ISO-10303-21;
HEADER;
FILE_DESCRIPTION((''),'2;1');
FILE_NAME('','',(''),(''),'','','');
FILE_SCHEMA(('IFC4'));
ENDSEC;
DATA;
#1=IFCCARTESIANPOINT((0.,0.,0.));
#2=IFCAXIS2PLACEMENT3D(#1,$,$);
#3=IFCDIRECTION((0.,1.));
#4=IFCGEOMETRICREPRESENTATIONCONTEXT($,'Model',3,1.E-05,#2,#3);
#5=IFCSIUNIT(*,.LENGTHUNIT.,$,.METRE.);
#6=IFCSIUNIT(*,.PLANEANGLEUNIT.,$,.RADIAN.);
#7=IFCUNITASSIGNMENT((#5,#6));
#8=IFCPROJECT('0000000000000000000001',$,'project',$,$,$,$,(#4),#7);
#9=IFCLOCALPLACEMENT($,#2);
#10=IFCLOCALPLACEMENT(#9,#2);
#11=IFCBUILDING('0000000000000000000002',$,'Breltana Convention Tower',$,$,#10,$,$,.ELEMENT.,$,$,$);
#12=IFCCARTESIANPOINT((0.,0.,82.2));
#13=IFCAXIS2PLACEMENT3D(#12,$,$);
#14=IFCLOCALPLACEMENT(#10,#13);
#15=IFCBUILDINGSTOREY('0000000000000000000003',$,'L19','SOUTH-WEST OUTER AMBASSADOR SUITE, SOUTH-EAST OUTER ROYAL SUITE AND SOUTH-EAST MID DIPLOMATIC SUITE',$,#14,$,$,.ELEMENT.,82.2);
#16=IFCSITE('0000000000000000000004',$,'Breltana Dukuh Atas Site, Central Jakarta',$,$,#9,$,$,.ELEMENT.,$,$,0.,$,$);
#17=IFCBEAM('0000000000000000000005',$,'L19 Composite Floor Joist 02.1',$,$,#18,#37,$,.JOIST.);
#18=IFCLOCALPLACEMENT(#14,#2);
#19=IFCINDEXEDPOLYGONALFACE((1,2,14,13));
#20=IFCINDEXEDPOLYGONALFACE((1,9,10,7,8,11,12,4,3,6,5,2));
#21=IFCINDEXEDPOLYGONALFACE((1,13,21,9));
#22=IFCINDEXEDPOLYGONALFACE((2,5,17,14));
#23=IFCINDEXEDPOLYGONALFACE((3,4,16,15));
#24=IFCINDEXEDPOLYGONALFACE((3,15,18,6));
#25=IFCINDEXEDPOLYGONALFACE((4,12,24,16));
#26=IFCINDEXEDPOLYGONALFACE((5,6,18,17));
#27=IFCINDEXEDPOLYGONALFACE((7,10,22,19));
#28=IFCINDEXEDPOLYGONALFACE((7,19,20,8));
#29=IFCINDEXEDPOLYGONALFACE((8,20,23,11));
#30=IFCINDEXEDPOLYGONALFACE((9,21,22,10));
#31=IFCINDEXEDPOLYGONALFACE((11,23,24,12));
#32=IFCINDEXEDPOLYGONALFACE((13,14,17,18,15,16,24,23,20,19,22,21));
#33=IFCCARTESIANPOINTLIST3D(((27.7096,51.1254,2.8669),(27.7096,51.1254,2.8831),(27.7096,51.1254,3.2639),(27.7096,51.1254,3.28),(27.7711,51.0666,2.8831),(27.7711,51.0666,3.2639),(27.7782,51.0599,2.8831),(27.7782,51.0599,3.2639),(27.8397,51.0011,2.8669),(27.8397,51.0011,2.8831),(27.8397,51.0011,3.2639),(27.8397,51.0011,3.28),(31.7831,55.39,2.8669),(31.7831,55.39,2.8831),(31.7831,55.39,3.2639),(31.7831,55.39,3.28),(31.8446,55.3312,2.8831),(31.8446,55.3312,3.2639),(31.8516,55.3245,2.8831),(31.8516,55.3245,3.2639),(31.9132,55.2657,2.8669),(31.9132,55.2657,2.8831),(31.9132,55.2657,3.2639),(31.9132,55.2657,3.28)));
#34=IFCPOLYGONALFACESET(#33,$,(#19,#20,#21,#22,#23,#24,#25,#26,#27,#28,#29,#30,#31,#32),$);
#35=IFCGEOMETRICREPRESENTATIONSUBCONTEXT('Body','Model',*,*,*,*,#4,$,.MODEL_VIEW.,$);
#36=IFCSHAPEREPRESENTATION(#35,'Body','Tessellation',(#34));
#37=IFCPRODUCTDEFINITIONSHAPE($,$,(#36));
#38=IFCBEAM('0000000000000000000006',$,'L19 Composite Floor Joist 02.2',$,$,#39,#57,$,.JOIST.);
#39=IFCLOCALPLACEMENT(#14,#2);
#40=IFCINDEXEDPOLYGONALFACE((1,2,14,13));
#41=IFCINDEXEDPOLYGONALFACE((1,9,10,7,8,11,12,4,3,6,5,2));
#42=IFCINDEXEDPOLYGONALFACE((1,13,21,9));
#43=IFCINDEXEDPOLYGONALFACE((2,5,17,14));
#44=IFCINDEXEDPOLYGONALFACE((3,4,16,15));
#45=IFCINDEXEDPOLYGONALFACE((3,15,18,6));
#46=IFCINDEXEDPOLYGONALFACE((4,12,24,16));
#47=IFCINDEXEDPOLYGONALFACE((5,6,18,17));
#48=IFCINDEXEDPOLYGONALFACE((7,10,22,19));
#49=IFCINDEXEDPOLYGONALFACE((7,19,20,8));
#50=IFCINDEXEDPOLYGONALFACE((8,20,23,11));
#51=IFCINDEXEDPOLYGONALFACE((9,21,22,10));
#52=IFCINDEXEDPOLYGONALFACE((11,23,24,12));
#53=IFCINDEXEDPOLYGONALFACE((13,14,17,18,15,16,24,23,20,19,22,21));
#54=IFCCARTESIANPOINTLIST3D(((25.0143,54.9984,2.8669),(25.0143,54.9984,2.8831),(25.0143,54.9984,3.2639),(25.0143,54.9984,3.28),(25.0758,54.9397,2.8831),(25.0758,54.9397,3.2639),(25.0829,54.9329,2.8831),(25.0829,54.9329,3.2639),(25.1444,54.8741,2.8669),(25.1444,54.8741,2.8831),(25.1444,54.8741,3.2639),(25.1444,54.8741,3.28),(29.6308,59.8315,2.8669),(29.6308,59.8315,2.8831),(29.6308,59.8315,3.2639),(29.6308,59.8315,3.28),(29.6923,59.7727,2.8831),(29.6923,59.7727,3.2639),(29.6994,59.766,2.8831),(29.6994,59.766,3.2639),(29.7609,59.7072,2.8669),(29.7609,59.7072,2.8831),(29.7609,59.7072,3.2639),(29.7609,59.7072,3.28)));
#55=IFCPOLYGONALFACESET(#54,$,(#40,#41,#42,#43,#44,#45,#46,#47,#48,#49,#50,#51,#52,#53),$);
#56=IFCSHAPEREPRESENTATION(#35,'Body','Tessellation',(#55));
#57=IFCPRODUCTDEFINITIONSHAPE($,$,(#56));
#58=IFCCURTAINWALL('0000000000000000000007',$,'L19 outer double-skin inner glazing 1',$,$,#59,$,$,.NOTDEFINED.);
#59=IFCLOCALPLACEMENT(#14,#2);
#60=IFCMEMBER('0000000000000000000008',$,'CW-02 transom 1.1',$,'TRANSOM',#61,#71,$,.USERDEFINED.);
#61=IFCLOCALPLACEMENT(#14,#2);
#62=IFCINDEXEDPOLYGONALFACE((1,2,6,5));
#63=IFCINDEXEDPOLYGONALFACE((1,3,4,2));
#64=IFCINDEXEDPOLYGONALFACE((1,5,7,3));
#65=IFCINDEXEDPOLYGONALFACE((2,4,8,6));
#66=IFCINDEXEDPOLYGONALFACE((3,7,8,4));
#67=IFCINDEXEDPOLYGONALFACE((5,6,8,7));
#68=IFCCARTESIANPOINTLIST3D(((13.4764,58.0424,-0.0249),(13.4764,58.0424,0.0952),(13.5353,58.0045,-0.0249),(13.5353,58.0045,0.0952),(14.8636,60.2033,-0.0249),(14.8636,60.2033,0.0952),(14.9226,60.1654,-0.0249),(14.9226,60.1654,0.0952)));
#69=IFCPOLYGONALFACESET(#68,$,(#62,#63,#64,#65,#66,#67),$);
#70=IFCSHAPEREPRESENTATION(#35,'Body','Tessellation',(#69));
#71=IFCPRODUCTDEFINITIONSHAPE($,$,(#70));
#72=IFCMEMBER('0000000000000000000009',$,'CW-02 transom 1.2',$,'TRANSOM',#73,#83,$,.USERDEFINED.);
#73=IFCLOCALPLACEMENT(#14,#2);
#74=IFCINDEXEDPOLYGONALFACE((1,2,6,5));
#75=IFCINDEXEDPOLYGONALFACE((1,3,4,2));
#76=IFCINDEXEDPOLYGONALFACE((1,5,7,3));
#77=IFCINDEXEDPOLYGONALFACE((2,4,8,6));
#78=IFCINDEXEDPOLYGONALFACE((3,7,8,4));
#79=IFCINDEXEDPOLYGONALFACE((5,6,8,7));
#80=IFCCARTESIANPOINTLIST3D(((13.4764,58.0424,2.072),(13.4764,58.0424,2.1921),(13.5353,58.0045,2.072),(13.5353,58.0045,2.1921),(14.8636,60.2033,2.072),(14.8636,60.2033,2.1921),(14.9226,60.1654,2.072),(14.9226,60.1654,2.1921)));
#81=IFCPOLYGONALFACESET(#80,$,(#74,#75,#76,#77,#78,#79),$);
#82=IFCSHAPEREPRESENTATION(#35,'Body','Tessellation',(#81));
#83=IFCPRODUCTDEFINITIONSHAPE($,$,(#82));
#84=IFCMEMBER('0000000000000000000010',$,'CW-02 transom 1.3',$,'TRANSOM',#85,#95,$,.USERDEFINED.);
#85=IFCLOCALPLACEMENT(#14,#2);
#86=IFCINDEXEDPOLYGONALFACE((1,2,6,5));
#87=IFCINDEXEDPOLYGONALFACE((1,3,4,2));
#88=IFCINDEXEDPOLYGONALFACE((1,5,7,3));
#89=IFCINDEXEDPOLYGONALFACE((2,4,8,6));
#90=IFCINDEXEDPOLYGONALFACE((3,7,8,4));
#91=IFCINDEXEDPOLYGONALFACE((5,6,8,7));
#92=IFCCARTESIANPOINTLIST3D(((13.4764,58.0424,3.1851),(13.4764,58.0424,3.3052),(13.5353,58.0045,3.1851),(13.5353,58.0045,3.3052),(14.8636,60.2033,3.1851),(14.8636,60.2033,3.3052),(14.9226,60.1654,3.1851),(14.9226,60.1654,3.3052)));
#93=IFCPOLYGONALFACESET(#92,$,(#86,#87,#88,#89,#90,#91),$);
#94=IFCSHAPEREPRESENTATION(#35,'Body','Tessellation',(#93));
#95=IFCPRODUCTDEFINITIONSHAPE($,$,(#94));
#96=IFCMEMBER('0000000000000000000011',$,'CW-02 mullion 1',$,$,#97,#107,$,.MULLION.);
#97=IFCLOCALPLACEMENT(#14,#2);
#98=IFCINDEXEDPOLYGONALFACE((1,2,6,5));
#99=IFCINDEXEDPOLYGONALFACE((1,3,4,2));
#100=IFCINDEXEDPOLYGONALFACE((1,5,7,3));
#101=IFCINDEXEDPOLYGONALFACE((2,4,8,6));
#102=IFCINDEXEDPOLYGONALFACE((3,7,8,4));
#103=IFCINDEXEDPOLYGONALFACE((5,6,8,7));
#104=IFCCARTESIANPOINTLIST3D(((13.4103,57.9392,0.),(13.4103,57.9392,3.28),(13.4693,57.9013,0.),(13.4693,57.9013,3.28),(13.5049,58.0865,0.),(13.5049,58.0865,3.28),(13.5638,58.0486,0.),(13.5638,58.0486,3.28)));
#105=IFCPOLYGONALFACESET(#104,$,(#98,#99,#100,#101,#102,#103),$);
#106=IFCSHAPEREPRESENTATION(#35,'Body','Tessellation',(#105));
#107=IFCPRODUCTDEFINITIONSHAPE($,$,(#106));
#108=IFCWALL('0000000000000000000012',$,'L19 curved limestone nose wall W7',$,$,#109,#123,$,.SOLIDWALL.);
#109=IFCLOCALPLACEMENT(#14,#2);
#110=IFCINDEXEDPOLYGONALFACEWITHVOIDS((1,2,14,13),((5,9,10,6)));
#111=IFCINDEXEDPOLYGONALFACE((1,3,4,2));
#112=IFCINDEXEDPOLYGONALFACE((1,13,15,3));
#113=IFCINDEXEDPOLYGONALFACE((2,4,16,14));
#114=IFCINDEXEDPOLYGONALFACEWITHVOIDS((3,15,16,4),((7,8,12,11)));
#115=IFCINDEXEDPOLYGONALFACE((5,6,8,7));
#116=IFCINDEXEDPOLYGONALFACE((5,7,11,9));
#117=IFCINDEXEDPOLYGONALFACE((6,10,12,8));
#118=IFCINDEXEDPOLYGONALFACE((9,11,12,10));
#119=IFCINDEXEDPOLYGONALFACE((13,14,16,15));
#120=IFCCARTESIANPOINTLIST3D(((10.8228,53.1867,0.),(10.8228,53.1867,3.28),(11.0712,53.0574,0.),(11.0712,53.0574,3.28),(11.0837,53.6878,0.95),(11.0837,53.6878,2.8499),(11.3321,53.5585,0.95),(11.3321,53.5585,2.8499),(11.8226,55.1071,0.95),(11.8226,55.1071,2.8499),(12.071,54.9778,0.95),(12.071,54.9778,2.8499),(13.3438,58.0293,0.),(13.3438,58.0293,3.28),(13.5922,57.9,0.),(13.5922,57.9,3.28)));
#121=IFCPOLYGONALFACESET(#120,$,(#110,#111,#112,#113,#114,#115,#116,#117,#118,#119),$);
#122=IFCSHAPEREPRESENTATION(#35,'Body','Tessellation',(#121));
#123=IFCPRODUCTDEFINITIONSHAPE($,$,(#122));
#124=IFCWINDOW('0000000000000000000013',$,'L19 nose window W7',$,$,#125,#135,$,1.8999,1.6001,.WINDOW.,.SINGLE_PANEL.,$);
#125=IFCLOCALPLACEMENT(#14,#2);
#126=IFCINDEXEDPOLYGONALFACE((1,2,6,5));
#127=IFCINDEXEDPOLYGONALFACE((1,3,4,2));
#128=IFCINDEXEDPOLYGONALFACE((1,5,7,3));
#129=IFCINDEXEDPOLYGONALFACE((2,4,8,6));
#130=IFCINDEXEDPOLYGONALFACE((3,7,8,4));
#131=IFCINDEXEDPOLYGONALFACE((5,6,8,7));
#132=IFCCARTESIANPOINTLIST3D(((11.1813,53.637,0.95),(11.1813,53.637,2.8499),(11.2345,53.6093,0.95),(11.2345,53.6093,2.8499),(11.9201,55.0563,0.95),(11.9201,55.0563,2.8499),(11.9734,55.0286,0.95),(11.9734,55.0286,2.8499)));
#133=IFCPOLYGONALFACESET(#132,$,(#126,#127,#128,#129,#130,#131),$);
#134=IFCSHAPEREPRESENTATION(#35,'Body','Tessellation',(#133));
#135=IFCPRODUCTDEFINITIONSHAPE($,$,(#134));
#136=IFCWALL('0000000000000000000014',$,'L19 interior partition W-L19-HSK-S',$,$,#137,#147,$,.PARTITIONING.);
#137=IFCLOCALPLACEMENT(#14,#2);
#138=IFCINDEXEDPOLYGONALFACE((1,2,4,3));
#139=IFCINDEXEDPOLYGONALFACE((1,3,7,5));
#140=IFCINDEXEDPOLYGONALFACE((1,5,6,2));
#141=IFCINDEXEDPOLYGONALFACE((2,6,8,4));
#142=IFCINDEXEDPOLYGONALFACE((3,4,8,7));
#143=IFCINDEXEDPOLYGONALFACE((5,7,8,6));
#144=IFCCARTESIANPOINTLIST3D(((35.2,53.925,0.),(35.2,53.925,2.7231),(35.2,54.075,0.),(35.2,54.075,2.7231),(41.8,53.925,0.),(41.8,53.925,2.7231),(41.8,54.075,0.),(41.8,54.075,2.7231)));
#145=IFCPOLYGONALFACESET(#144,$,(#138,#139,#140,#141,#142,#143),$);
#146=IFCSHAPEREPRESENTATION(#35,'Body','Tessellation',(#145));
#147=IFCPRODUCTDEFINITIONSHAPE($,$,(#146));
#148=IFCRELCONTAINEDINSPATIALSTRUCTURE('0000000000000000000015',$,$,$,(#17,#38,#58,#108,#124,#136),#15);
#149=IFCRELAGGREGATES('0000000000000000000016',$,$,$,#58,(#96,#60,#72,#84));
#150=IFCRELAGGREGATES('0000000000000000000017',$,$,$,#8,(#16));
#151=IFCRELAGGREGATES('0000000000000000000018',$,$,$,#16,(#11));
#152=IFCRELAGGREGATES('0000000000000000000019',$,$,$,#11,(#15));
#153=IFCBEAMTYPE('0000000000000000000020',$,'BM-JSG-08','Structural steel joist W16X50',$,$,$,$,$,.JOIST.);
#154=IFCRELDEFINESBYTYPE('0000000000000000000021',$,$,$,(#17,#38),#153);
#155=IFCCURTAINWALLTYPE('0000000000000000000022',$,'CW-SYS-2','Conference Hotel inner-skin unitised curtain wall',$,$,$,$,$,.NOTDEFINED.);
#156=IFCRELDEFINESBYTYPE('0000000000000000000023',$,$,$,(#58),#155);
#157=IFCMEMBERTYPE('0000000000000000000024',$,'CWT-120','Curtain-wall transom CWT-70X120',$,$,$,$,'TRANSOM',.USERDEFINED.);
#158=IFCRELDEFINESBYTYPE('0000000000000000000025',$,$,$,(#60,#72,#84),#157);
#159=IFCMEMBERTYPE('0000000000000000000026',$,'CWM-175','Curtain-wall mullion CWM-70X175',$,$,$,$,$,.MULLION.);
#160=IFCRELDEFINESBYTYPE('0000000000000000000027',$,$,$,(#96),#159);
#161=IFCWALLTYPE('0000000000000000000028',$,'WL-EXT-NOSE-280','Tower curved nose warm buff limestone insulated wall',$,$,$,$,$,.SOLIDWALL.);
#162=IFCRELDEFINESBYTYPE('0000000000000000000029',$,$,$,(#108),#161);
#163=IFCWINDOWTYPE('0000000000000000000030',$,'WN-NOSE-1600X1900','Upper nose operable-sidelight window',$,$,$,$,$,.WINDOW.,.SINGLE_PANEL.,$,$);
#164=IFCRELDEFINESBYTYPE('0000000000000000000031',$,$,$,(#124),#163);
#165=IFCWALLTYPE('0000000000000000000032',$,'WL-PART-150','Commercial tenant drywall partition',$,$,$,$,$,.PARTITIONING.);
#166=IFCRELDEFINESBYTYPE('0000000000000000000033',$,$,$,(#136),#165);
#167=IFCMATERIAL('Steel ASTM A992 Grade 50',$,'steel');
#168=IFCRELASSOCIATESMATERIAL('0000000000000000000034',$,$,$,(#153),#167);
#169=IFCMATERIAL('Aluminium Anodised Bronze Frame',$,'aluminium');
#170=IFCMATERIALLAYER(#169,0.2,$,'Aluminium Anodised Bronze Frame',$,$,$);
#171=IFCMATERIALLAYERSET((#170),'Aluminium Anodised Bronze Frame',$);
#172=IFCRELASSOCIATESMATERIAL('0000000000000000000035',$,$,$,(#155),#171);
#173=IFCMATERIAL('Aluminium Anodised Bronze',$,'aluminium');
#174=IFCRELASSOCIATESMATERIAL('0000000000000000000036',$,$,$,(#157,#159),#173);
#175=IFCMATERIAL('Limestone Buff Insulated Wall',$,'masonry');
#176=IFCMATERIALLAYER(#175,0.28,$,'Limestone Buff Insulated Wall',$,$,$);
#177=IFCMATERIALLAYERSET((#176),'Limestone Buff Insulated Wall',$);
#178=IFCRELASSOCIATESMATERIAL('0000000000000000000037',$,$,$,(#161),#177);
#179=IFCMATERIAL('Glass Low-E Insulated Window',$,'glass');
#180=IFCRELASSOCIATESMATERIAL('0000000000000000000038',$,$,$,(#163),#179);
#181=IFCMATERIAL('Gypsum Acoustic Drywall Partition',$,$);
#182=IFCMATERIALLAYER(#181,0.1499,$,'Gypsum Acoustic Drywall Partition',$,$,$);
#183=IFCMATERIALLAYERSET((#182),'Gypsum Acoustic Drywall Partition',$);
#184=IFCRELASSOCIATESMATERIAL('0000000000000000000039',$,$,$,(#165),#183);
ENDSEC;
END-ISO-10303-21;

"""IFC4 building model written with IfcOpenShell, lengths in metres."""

from ifc_helpers import new_model, si_unit, direction, frame, frame_2d, origin, origin_2d, place, context, subcontext, project, spatial, rectangle, i_section, extrude, source, transform, mapped, material, layer, layer_set, material_profile, profile_set, type_object, type_shapes, element, fill, aggregate, save


model = new_model("IFC4")

# Units and contexts
model_context = context("Model", 3, precision=1e-05, world=origin(), true_north=direction((0.0, 1.0)))
body_context = subcontext(model_context, "Body", "Model", "MODEL_VIEW")
ifc_project = project(units=[si_unit("LENGTHUNIT", "METRE"), si_unit("PLANEANGLEUNIT", "RADIAN")], contexts=[model_context])

# Site, building, storey
site_placement = place(None, origin())
site = spatial("IfcSite", under=ifc_project, at=site_placement, Name="Breltana Dukuh Atas Site, Central Jakarta", CompositionType="ELEMENT", RefElevation=0.0)
building_placement = place(site_placement, origin())
building = spatial("IfcBuilding", under=site, at=building_placement, Name="Breltana Convention Tower", CompositionType="ELEMENT")
storey_placement = place(building_placement, frame((0.0, 0.0, 82.2)))
storey = spatial("IfcBuildingStorey", under=building, at=storey_placement, Name="L19", Description="SOUTH-WEST OUTER AMBASSADOR SUITE, SOUTH-EAST OUTER ROYAL SUITE AND SOUTH-EAST MID DIPLOMATIC SUITE", CompositionType="ELEMENT", Elevation=82.2)

# Beams
ifc_material_1 = material(Name="Steel ASTM A992 Grade 50", Category="steel")
ifc_material_profile_1 = material_profile(ifc_material_1, i_section(OverallWidth=0.1799, OverallDepth=0.4131, WebThickness=0.0098, FlangeThickness=0.0161, at=origin_2d()), Name="W16X50")
ifc_profile_set_1 = profile_set([ifc_material_profile_1], Name="Steel ASTM A992 Grade 50")
beam_type_1 = type_object("IfcBeamType", Name="BM-JSG-08", Description="Structural steel joist W16X50", PredefinedType="JOIST", material=ifc_profile_set_1)
shared_shape_1 = source(origin(), body_context, "Body", "SweptSolid", [
    extrude(i_section(OverallWidth=0.1799, OverallDepth=0.4131, WebThickness=0.0098, FlangeThickness=0.0161, at=origin_2d()), origin(), (0.0, 0.0, 1.0), 5.8975),
])
beam_1_placement = place(storey_placement, frame((27.7747, 51.0632, 3.0735), z_axis=(0.690714, 0.723128, 0.0), x_axis=(-0.723128, 0.690714, 0.0)))
element("IfcBeam", 1, at=beam_1_placement, inside=storey, type_object=beam_type_1, Name="L19 Composite Floor Joist 02.1", PredefinedType="JOIST", context=body_context, shape_type="MappedRepresentation", body=[
    mapped(shared_shape_1, transform((0.0, 0.0, 0.0), scale=1.0)),
])
shared_shape_2 = source(origin(), body_context, "Body", "SweptSolid", [
    extrude(i_section(OverallWidth=0.1799, OverallDepth=0.4131, WebThickness=0.0098, FlangeThickness=0.0161, at=origin_2d()), origin(), (0.0, 0.0, 1.0), 6.6836),
])
beam_2_placement = place(storey_placement, frame((25.0793, 54.9363, 3.0735), z_axis=(0.690721, 0.723122, 0.0), x_axis=(-0.723122, 0.690721, 0.0)))
element("IfcBeam", 2, at=beam_2_placement, inside=storey, type_object=beam_type_1, Name="L19 Composite Floor Joist 02.2", PredefinedType="JOIST", context=body_context, shape_type="MappedRepresentation", body=[
    mapped(shared_shape_2, transform((0.0, 0.0, 0.0), scale=1.0)),
])

# Curtain wall, members
ifc_material_2 = material(Name="Aluminium Anodised Bronze Frame", Category="aluminium")
ifc_layer_1 = layer(ifc_material_2, 0.2, Name="Aluminium Anodised Bronze Frame")
ifc_layer_set_1 = layer_set([ifc_layer_1], Name="Aluminium Anodised Bronze Frame")
curtain_wall_type = type_object("IfcCurtainWallType", Name="CW-SYS-2", Description="Conference Hotel inner-skin unitised curtain wall", PredefinedType="NOTDEFINED", material=ifc_layer_set_1)
curtain_wall_placement = place(storey_placement, origin())
curtain_wall = element("IfcCurtainWall", 3, at=curtain_wall_placement, inside=storey, type_object=curtain_wall_type, Name="L19 outer double-skin inner glazing 1", PredefinedType="NOTDEFINED")
ifc_material_3 = material(Name="Aluminium Anodised Bronze", Category="aluminium")
ifc_material_profile_2 = material_profile(ifc_material_3, rectangle(XDim=0.0701, YDim=0.1201, at=origin_2d()), Name="CWT-70X120")
ifc_profile_set_2 = profile_set([ifc_material_profile_2], Name="Aluminium Anodised Bronze")
member_type_1 = type_object("IfcMemberType", Name="CWT-120", Description="Curtain-wall transom CWT-70X120", ElementType="TRANSOM", PredefinedType="USERDEFINED", material=ifc_profile_set_2)
shared_shape_3 = source(origin(), body_context, "Body", "SweptSolid", [
    extrude(rectangle(XDim=0.0701, YDim=0.1201, at=origin_2d()), origin(), (0.0, 0.0, 1.0), 2.5679),
])
type_shapes(member_type_1, [shared_shape_3])
member_1_placement = place(storey_placement, frame((13.5059, 58.0234, 0.0352), z_axis=(0.540224, 0.841521, 0.0), x_axis=(-0.841521, 0.540224, 0.0)))
member_1 = element("IfcMember", 4, at=member_1_placement, type_object=member_type_1, Name="CW-02 transom 1.1", ObjectType="TRANSOM", PredefinedType="USERDEFINED", context=body_context, shape_type="MappedRepresentation", body=[
    mapped(shared_shape_3, transform((0.0, 0.0, 0.0), scale=1.0)),
])
member_2_placement = place(storey_placement, frame((13.5059, 58.0234, 2.1321), z_axis=(0.540224, 0.841521, 0.0), x_axis=(-0.841521, 0.540224, 0.0)))
member_2 = element("IfcMember", 5, at=member_2_placement, type_object=member_type_1, Name="CW-02 transom 1.2", ObjectType="TRANSOM", PredefinedType="USERDEFINED", context=body_context, shape_type="MappedRepresentation", body=[
    mapped(shared_shape_3, transform((0.0, 0.0, 0.0), scale=1.0)),
])
member_3_placement = place(storey_placement, frame((13.5059, 58.0234, 3.2451), z_axis=(0.540224, 0.841521, 0.0), x_axis=(-0.841521, 0.540224, 0.0)))
member_3 = element("IfcMember", 6, at=member_3_placement, type_object=member_type_1, Name="CW-02 transom 1.3", ObjectType="TRANSOM", PredefinedType="USERDEFINED", context=body_context, shape_type="MappedRepresentation", body=[
    mapped(shared_shape_3, transform((0.0, 0.0, 0.0), scale=1.0)),
])
ifc_material_profile_3 = material_profile(ifc_material_3, rectangle(XDim=0.0701, YDim=0.175, at=origin_2d()), Name="CWM-70X175")
ifc_profile_set_3 = profile_set([ifc_material_profile_3], Name="Aluminium Anodised Bronze")
member_type_2 = type_object("IfcMemberType", Name="CWM-175", Description="Curtain-wall mullion CWM-70X175", PredefinedType="MULLION", material=ifc_profile_set_3)
shared_shape_4 = source(origin(), body_context, "Body", "SweptSolid", [
    extrude(rectangle(XDim=0.0701, YDim=0.175, at=origin_2d()), origin(), (0.0, 0.0, 1.0), 3.28),
])
member_4_placement = place(storey_placement, frame((13.4871, 57.9939, 0.0), z_axis=(0.0, 0.0, 1.0), x_axis=(-0.841549, 0.540181, 0.0)))
member_4 = element("IfcMember", 7, at=member_4_placement, type_object=member_type_2, Name="CW-02 mullion 1", PredefinedType="MULLION", context=body_context, shape_type="MappedRepresentation", body=[
    mapped(shared_shape_4, transform((0.0, 0.0, 0.0), scale=1.0)),
])
aggregate(curtain_wall, [member_4, member_1, member_2, member_3])

# Wall, opening, window
ifc_material_4 = material(Name="Limestone Buff Insulated Wall", Category="masonry")
ifc_layer_2 = layer(ifc_material_4, 0.28, Name="Limestone Buff Insulated Wall")
ifc_layer_set_2 = layer_set([ifc_layer_2], Name="Limestone Buff Insulated Wall")
wall_type_1 = type_object("IfcWallType", Name="WL-EXT-NOSE-280", Description="Tower curved nose warm buff limestone insulated wall", PredefinedType="SOLIDWALL", material=ifc_layer_set_2)
shared_shape_5 = source(origin(), body_context, "Body", "SweptSolid", [
    extrude(rectangle(XDim=5.4595, YDim=0.28, at=frame_2d((2.7297, 0.0))), origin(), (0.0, 0.0, 1.0), 3.28),
])
wall_1_placement = place(storey_placement, frame((10.947, 53.1221, 0.0), z_axis=(0.0, 0.0, 1.0), x_axis=(0.461768, 0.887001, 0.0)))
wall_1 = element("IfcWall", 8, at=wall_1_placement, inside=storey, type_object=wall_type_1, Name="L19 curved limestone nose wall W7", PredefinedType="SOLIDWALL", context=body_context, shape_type="MappedRepresentation", body=[
    mapped(shared_shape_5, transform((0.0, 0.0, 0.0), scale=1.0)),
])
opening_1_placement = place(wall_1_placement, frame((0.5649, 0.0, 0.95)))
opening_1 = element("IfcOpeningElement", 9, at=opening_1_placement, cuts=wall_1, PredefinedType="OPENING", context=body_context, shape_type="SweptSolid", body=[
    extrude(rectangle(XDim=1.6001, YDim=1.8999, at=frame_2d((0.8, 0.95))), frame((0.0, 0.1499, 0.0), z_axis=(0.0, -1.0, 0.0), x_axis=(1.0, 0.0, 0.0)), (0.0, 0.0, 1.0), 0.3),
])
ifc_material_5 = material(Name="Glass Low-E Insulated Window", Category="glass")
window_type = type_object("IfcWindowType", Name="WN-NOSE-1600X1900", Description="Upper nose operable-sidelight window", PartitioningType="SINGLE_PANEL", PredefinedType="WINDOW", material=ifc_material_5)
shared_shape_6 = source(origin(), body_context, "Body", "SweptSolid", [
    extrude(rectangle(XDim=1.6001, YDim=1.8999, at=frame_2d((0.8, 0.95))), frame((0.0, 0.03, 0.0), z_axis=(0.0, -1.0, 0.0), x_axis=(1.0, 0.0, 0.0)), (0.0, 0.0, 1.0), 0.0601),
])
type_shapes(window_type, [shared_shape_6])
window_placement = place(opening_1_placement, origin())
window = element("IfcWindow", 10, at=window_placement, inside=storey, type_object=window_type, Name="L19 nose window W7", OverallHeight=1.8999, OverallWidth=1.6001, PartitioningType="SINGLE_PANEL", PredefinedType="WINDOW", context=body_context, shape_type="MappedRepresentation", body=[
    mapped(shared_shape_6, transform((0.0, 0.0, 0.0), scale=1.0)),
])
fill(opening_1, window)

# Wall
ifc_material_6 = material(Name="Gypsum Acoustic Drywall Partition")
ifc_layer_3 = layer(ifc_material_6, 0.1499, Name="Gypsum Acoustic Drywall Partition")
ifc_layer_set_3 = layer_set([ifc_layer_3], Name="Gypsum Acoustic Drywall Partition")
wall_type_2 = type_object("IfcWallType", Name="WL-PART-150", Description="Commercial tenant drywall partition", PredefinedType="PARTITIONING", material=ifc_layer_set_3)
shared_shape_7 = source(origin(), body_context, "Body", "SweptSolid", [
    extrude(rectangle(XDim=6.6001, YDim=0.1499, at=frame_2d((3.3, 0.0))), origin(), (0.0, 0.0, 1.0), 2.7231),
])
wall_2_placement = place(storey_placement, frame((35.2, 54.0, 0.0), z_axis=(0.0, 0.0, 1.0), x_axis=(1.0, 0.0, 0.0)))
element("IfcWall", 11, at=wall_2_placement, inside=storey, type_object=wall_type_2, Name="L19 interior partition W-L19-HSK-S", PredefinedType="PARTITIONING", context=body_context, shape_type="MappedRepresentation", body=[
    mapped(shared_shape_7, transform((0.0, 0.0, 0.0), scale=1.0)),
])

save(model, "model.ifc")
